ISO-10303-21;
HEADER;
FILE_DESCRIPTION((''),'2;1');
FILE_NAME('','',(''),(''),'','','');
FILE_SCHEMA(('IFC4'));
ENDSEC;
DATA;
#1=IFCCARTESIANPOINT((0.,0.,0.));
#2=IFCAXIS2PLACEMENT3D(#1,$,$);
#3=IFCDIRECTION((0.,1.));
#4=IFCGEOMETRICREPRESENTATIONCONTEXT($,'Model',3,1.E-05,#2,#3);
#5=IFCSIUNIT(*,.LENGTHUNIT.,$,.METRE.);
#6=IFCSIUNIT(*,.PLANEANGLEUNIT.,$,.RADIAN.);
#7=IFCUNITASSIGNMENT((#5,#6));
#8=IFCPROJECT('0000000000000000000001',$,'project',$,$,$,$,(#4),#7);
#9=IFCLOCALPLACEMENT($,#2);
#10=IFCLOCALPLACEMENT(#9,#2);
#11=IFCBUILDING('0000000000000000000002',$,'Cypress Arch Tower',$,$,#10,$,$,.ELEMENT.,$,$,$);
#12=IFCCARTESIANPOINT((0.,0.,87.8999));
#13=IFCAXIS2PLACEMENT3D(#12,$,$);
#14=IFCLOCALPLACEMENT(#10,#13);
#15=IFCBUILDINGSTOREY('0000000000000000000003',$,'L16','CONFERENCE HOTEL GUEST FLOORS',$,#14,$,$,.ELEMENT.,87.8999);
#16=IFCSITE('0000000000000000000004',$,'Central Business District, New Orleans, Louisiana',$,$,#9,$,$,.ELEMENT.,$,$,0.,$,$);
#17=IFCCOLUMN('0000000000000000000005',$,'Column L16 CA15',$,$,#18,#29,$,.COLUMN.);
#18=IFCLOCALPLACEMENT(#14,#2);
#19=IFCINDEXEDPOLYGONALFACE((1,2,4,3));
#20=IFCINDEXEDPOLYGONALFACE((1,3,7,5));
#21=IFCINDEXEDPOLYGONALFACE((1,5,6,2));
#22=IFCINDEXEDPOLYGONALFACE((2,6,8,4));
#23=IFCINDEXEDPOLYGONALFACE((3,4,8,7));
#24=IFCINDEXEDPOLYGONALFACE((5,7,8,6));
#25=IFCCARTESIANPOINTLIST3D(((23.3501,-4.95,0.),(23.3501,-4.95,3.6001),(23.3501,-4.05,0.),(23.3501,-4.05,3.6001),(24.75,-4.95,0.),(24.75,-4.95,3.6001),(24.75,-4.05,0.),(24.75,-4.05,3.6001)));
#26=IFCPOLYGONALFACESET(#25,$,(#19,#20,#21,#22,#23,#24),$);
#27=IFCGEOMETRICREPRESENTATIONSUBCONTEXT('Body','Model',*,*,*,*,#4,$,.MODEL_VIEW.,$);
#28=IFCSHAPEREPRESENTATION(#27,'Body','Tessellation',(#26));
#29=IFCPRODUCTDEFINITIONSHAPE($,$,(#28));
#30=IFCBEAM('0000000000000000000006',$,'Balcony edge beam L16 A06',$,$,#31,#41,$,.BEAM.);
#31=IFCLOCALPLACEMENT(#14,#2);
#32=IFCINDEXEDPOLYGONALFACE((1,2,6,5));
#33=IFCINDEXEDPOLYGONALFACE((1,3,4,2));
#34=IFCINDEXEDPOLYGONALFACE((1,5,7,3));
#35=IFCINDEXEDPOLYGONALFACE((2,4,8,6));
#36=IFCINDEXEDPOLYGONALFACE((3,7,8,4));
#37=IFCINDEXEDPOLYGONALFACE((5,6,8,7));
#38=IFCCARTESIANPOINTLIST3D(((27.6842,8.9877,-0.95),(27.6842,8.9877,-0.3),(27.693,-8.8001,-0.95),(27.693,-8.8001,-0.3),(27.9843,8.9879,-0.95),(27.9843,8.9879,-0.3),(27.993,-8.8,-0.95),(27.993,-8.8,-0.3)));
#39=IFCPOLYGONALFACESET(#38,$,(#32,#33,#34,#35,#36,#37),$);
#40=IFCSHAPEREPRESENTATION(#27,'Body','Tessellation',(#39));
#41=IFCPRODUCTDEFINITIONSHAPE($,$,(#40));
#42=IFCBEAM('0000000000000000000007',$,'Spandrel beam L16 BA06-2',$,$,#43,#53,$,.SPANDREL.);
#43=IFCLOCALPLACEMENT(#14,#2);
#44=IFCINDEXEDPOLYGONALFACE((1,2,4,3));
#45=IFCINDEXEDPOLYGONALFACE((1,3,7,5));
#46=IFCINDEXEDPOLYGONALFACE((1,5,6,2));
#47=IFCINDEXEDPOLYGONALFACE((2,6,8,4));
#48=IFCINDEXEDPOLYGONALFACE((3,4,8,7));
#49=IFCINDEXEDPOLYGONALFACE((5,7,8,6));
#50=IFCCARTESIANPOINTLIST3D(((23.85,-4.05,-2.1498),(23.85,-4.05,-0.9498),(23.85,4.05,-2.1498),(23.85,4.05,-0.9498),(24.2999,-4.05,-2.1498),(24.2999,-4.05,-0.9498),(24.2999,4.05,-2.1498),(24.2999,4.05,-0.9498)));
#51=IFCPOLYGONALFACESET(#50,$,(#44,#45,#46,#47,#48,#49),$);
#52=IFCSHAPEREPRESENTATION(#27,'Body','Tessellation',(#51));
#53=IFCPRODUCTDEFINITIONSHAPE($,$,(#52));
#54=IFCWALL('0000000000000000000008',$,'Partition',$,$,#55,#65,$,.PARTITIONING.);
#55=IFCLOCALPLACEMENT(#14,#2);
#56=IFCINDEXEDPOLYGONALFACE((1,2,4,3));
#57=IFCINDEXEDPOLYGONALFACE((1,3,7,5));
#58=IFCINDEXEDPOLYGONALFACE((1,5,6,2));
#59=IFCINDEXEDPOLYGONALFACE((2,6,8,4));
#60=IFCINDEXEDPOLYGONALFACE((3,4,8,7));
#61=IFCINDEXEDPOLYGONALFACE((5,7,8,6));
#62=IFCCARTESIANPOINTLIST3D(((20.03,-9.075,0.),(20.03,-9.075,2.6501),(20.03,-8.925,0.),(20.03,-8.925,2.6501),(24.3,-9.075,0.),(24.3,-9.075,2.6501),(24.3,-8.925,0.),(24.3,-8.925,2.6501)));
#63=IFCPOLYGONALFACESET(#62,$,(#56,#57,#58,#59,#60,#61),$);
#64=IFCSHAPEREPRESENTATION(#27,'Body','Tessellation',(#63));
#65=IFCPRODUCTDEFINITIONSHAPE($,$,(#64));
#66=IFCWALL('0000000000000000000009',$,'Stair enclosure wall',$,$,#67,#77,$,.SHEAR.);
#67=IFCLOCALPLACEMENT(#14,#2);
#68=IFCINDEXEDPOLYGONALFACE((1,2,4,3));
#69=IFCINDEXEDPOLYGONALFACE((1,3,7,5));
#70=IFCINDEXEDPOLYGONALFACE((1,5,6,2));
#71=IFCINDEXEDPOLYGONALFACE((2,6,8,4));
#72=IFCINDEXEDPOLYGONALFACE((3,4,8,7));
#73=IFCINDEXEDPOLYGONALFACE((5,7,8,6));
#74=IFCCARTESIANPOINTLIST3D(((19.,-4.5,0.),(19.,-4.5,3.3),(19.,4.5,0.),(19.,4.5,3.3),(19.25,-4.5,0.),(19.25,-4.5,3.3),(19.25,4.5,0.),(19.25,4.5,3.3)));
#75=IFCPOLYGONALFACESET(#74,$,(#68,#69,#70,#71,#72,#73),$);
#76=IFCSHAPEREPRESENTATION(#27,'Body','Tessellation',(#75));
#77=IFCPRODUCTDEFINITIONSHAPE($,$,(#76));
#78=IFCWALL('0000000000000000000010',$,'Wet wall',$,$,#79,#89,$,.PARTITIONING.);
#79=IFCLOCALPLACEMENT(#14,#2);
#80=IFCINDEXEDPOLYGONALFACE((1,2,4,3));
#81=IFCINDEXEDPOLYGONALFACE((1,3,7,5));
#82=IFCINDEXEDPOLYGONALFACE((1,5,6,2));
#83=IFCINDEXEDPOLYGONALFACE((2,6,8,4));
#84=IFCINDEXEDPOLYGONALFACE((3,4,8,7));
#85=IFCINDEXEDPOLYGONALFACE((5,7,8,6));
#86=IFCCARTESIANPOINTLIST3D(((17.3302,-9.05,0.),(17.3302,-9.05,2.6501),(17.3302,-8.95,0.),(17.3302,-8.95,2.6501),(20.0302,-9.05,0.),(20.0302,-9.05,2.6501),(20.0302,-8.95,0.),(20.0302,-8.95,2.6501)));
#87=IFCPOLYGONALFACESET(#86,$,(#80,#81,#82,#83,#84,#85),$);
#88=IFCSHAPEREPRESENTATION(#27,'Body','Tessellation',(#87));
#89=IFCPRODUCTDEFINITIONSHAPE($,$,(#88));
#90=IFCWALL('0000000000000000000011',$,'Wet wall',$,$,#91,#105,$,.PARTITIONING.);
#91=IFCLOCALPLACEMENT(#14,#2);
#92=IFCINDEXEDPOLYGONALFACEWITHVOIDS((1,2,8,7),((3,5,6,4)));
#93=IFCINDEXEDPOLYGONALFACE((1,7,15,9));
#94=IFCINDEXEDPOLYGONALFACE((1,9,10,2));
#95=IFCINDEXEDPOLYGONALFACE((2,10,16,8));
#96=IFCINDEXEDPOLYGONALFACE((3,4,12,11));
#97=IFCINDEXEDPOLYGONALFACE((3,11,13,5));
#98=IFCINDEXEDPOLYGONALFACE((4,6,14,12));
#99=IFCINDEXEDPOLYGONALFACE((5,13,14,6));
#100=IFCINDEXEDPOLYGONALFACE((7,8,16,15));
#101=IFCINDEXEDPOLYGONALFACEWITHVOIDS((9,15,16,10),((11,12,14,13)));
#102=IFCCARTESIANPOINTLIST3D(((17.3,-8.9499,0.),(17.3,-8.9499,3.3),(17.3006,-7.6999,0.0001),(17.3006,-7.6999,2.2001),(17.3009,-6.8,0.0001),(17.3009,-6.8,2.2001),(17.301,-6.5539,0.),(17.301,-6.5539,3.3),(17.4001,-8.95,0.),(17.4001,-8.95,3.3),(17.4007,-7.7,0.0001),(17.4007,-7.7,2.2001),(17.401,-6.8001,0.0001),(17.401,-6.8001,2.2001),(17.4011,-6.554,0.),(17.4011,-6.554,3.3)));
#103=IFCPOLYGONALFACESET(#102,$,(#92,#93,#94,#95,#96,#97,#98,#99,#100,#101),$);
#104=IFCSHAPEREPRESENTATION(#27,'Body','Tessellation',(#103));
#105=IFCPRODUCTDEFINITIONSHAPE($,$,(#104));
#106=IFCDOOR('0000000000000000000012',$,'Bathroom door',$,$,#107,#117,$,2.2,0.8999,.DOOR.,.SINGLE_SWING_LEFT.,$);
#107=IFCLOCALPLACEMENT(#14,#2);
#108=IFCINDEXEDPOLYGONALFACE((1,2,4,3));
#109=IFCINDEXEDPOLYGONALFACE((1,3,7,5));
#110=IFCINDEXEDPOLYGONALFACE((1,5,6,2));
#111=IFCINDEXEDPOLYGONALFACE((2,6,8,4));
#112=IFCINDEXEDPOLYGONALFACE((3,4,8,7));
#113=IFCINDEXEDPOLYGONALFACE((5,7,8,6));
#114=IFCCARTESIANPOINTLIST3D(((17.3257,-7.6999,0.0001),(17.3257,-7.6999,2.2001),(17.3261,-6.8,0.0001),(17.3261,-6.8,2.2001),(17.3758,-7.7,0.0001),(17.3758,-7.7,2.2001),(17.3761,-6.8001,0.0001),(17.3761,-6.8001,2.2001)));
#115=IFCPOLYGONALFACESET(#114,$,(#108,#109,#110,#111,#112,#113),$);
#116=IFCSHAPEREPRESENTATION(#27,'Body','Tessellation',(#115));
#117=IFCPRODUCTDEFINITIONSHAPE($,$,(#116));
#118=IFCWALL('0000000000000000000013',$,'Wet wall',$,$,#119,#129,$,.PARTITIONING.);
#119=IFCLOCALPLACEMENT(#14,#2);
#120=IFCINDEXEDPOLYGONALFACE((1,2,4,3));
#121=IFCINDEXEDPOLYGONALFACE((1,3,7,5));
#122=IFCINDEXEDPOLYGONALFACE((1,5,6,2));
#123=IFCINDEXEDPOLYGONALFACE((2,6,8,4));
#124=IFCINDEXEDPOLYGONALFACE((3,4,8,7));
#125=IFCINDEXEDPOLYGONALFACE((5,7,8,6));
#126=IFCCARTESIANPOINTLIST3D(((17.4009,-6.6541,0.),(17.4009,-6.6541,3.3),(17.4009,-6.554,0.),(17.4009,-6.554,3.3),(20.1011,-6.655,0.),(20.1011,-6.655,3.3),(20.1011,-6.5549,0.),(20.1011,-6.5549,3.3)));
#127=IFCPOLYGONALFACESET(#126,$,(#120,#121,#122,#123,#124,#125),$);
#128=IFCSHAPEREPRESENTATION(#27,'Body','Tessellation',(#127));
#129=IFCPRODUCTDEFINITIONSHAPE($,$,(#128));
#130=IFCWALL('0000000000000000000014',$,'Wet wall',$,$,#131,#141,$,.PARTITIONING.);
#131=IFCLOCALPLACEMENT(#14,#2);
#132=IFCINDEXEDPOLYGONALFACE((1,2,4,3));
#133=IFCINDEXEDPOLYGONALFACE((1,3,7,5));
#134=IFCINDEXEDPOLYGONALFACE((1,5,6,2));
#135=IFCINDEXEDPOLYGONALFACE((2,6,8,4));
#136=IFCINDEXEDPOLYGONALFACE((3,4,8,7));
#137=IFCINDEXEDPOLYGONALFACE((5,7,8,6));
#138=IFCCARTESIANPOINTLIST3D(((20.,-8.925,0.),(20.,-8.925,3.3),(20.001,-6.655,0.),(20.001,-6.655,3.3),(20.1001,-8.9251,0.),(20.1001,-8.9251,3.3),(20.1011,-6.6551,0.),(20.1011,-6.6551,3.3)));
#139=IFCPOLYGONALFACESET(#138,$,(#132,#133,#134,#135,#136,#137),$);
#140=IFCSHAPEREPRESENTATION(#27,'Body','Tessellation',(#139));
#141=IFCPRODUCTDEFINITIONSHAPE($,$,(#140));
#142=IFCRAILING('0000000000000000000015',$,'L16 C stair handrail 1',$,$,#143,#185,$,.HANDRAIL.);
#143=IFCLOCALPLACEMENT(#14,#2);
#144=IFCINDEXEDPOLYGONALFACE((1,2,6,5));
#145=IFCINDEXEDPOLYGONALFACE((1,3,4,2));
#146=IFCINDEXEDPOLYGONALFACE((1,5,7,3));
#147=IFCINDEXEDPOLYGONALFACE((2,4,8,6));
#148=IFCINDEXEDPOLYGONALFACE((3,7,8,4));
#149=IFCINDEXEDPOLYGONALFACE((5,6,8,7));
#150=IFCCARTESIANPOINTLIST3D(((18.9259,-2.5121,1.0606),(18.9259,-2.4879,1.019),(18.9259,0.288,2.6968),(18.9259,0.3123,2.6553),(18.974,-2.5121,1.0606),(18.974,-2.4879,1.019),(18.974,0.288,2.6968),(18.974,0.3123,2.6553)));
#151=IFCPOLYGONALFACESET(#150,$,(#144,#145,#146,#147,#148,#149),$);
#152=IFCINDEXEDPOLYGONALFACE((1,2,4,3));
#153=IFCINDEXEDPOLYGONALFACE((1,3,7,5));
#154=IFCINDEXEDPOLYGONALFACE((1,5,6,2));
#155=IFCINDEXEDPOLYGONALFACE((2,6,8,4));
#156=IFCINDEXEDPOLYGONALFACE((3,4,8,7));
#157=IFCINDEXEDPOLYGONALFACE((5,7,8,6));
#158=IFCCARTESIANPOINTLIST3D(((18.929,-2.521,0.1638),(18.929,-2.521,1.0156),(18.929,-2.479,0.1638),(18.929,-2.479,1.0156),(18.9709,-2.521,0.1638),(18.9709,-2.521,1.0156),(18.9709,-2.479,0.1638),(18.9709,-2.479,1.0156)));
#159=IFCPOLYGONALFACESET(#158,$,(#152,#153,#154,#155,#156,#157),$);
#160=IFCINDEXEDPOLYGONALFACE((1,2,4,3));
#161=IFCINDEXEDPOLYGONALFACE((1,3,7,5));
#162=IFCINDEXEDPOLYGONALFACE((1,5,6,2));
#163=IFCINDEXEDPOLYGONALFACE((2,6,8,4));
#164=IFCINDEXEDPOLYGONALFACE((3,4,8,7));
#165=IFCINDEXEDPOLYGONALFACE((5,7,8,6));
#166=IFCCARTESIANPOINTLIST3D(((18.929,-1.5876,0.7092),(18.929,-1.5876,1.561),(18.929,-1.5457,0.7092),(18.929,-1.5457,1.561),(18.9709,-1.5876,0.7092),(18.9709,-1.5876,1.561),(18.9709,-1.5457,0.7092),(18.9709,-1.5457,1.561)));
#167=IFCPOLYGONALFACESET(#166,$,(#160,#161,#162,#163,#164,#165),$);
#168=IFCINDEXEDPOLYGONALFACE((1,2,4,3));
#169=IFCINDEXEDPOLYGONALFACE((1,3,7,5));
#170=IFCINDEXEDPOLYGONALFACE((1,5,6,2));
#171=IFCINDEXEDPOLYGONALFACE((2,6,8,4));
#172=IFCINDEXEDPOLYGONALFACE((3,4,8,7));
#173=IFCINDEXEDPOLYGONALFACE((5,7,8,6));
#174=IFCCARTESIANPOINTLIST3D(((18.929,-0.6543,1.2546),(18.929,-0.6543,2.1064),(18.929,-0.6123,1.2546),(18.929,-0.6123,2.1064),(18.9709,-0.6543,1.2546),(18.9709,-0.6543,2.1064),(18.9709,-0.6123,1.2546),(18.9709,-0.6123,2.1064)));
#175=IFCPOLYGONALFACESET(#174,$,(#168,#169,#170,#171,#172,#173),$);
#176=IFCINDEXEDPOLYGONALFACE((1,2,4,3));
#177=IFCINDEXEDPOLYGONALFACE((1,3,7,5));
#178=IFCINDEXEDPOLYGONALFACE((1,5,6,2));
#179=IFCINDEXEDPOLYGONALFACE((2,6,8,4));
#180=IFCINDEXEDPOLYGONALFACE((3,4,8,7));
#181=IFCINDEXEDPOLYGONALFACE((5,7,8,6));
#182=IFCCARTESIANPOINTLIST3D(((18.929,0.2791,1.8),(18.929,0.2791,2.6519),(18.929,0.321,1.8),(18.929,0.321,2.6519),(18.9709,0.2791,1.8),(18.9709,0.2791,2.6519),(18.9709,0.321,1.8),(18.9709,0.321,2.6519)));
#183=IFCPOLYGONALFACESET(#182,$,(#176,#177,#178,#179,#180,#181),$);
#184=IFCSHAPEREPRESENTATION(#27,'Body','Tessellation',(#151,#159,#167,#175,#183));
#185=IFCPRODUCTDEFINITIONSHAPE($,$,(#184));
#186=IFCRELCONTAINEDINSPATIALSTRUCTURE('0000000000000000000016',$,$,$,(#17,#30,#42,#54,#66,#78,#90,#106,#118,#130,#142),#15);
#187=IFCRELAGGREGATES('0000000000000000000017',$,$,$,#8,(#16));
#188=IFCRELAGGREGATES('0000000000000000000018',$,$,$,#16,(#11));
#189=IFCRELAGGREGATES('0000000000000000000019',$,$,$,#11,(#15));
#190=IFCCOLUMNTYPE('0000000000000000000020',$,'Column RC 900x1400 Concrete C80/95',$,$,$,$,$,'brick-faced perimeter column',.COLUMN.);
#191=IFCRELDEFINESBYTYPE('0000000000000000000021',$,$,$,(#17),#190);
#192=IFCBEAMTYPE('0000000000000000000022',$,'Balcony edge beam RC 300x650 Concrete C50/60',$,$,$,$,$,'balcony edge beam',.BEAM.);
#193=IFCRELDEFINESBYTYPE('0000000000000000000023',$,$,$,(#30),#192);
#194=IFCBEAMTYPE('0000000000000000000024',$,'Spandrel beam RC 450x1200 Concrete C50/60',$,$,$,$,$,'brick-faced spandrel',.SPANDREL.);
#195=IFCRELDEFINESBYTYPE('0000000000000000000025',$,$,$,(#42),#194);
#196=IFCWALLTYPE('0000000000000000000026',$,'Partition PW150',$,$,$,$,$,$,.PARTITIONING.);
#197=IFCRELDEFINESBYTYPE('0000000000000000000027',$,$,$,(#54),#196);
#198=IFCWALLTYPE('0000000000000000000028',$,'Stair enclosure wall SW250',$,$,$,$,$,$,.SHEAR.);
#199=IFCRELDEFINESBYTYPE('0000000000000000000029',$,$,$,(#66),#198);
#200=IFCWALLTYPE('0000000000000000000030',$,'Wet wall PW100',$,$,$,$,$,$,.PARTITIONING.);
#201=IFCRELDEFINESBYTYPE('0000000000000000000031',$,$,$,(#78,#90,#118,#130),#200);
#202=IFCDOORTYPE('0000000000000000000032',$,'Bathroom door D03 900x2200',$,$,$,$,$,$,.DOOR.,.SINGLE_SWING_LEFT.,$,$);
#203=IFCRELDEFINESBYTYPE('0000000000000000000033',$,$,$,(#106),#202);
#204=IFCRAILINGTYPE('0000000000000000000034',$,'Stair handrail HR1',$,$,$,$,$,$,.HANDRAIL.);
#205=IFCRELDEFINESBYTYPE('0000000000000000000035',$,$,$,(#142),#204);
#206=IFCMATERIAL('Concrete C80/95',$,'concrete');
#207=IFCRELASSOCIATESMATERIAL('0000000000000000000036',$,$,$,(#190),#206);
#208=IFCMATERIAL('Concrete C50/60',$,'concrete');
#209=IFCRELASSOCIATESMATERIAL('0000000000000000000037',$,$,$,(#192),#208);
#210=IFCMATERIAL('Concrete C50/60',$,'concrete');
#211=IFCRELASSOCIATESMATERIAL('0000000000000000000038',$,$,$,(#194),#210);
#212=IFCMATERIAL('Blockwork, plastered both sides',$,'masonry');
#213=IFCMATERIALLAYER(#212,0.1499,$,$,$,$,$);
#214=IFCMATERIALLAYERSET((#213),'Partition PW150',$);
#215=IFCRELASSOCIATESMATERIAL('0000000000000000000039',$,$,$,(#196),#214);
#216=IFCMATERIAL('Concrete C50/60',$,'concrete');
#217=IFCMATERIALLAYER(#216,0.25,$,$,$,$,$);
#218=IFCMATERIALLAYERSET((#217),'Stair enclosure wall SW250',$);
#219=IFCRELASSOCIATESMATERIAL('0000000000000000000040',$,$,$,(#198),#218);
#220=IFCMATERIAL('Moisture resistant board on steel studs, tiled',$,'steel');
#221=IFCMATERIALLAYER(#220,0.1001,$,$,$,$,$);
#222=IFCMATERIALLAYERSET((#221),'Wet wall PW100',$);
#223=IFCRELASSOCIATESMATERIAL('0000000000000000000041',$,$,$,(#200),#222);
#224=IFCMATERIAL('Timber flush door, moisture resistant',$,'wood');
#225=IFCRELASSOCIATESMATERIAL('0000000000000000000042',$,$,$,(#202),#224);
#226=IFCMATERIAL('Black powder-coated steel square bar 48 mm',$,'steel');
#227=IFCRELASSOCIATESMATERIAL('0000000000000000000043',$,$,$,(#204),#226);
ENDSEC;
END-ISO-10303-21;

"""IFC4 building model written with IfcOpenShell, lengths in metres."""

from ifc_helpers import new_model, si_unit, direction, frame, frame_2d, origin, origin_2d, place, context, subcontext, project, spatial, rectangle, extrude, material, layer, layer_set, material_profile, profile_set, type_object, element, fill, save


model = new_model("IFC4")

# Units and contexts
model_context = context("Model", 3, precision=1e-05, world=origin(), true_north=direction((0.0, 1.0)))
body_context = subcontext(model_context, "Body", "Model", "MODEL_VIEW")
ifc_project = project(units=[si_unit("LENGTHUNIT", "METRE"), si_unit("PLANEANGLEUNIT", "RADIAN")], contexts=[model_context])

# Site, building, storey
site_placement = place(None, origin())
site = spatial("IfcSite", under=ifc_project, at=site_placement, Name="Central Business District, New Orleans, Louisiana", CompositionType="ELEMENT", RefElevation=0.0)
building_placement = place(site_placement, origin())
building = spatial("IfcBuilding", under=site, at=building_placement, Name="Cypress Arch Tower", CompositionType="ELEMENT")
storey_placement = place(building_placement, frame((0.0, 0.0, 87.8999)))
storey = spatial("IfcBuildingStorey", under=building, at=storey_placement, Name="L16", Description="CONFERENCE HOTEL GUEST FLOORS", CompositionType="ELEMENT", Elevation=87.8999)

# Column
ifc_material_1 = material(Name="Concrete C80/95", Category="concrete")
ifc_material_profile_1 = material_profile(ifc_material_1, rectangle(XDim=0.8999, YDim=1.3999, at=origin_2d()), Name="RC 900x1400")
ifc_profile_set_1 = profile_set([ifc_material_profile_1], Name="Concrete C80/95")
column_type = type_object("IfcColumnType", Name="Column RC 900x1400 Concrete C80/95", ElementType="brick-faced perimeter column", PredefinedType="COLUMN", material=ifc_profile_set_1)
column_placement = place(storey_placement, frame((24.05, -4.5, 0.0), z_axis=(0.0, 0.0, 1.0), x_axis=(0.0, 1.0, 0.0)))
element("IfcColumn", 1, at=column_placement, inside=storey, type_object=column_type, Name="Column L16 CA15", PredefinedType="COLUMN", context=body_context, shape_type="SweptSolid", body=[
    extrude(rectangle(XDim=0.8999, YDim=1.3999, at=origin_2d()), origin(), (0.0, 0.0, 1.0), 3.6001),
])

# Beams
ifc_material_2 = material(Name="Concrete C50/60", Category="concrete")
ifc_material_profile_2 = material_profile(ifc_material_2, rectangle(XDim=0.3, YDim=0.6499, at=origin_2d()), Name="RC 300x650")
ifc_profile_set_2 = profile_set([ifc_material_profile_2], Name="Concrete C50/60")
beam_type_1 = type_object("IfcBeamType", Name="Balcony edge beam RC 300x650 Concrete C50/60", ElementType="balcony edge beam", PredefinedType="BEAM", material=ifc_profile_set_2)
beam_1_placement = place(storey_placement, frame((27.843, -8.8, -0.625), z_axis=(-0.000494, 1.0, 0.0), x_axis=(-1.0, -0.000494, 0.0)))
element("IfcBeam", 2, at=beam_1_placement, inside=storey, type_object=beam_type_1, Name="Balcony edge beam L16 A06", PredefinedType="BEAM", context=body_context, shape_type="SweptSolid", body=[
    extrude(rectangle(XDim=0.3, YDim=0.6499, at=origin_2d()), origin(), (0.0, 0.0, 1.0), 17.7878),
])
ifc_material_3 = material(Name="Concrete C50/60", Category="concrete")
ifc_material_profile_3 = material_profile(ifc_material_3, rectangle(XDim=0.45, YDim=1.2, at=origin_2d()), Name="RC 450x1200")
ifc_profile_set_3 = profile_set([ifc_material_profile_3], Name="Concrete C50/60")
beam_type_2 = type_object("IfcBeamType", Name="Spandrel beam RC 450x1200 Concrete C50/60", ElementType="brick-faced spandrel", PredefinedType="SPANDREL", material=ifc_profile_set_3)
beam_2_placement = place(storey_placement, frame((24.075, -4.05, -1.5498), z_axis=(0.0, 1.0, 0.0), x_axis=(-1.0, 0.0, 0.0)))
element("IfcBeam", 3, at=beam_2_placement, inside=storey, type_object=beam_type_2, Name="Spandrel beam L16 BA06-2", PredefinedType="SPANDREL", context=body_context, shape_type="SweptSolid", body=[
    extrude(rectangle(XDim=0.45, YDim=1.2, at=origin_2d()), origin(), (0.0, 0.0, 1.0), 8.1001),
])

# Walls
ifc_material_4 = material(Name="Blockwork, plastered both sides", Category="masonry")
ifc_layer_1 = layer(ifc_material_4, 0.1499)
ifc_layer_set_1 = layer_set([ifc_layer_1], Name="Partition PW150")
wall_type_1 = type_object("IfcWallType", Name="Partition PW150", PredefinedType="PARTITIONING", material=ifc_layer_set_1)
wall_1_placement = place(storey_placement, frame((20.03, -9.0, 0.0), z_axis=(0.0, 0.0, 1.0), x_axis=(1.0, 0.0, 0.0)))
element("IfcWall", 4, at=wall_1_placement, inside=storey, type_object=wall_type_1, Name="Partition", PredefinedType="PARTITIONING", context=body_context, shape_type="SweptSolid", body=[
    extrude(rectangle(XDim=4.27, YDim=0.1499, at=frame_2d((2.135, 0.0))), origin(), (0.0, 0.0, 1.0), 2.6501),
])
ifc_material_5 = material(Name="Concrete C50/60", Category="concrete")
ifc_layer_2 = layer(ifc_material_5, 0.25)
ifc_layer_set_2 = layer_set([ifc_layer_2], Name="Stair enclosure wall SW250")
wall_type_2 = type_object("IfcWallType", Name="Stair enclosure wall SW250", PredefinedType="SHEAR", material=ifc_layer_set_2)
wall_2_placement = place(storey_placement, frame((19.125, -4.5, 0.0), z_axis=(0.0, 0.0, 1.0), x_axis=(0.0, 1.0, 0.0)))
element("IfcWall", 5, at=wall_2_placement, inside=storey, type_object=wall_type_2, Name="Stair enclosure wall", PredefinedType="SHEAR", context=body_context, shape_type="SweptSolid", body=[
    extrude(rectangle(XDim=9.0, YDim=0.25, at=frame_2d((4.5, 0.0))), origin(), (0.0, 0.0, 1.0), 3.3),
])
ifc_material_6 = material(Name="Moisture resistant board on steel studs, tiled", Category="steel")
ifc_layer_3 = layer(ifc_material_6, 0.1001)
ifc_layer_set_3 = layer_set([ifc_layer_3], Name="Wet wall PW100")
wall_type_3 = type_object("IfcWallType", Name="Wet wall PW100", PredefinedType="PARTITIONING", material=ifc_layer_set_3)
wall_3_placement = place(storey_placement, frame((17.3301, -9.0, 0.0), z_axis=(0.0, 0.0, 1.0), x_axis=(1.0, 0.0, 0.0)))
element("IfcWall", 6, at=wall_3_placement, inside=storey, type_object=wall_type_3, Name="Wet wall", PredefinedType="PARTITIONING", context=body_context, shape_type="SweptSolid", body=[
    extrude(rectangle(XDim=2.7, YDim=0.1001, at=frame_2d((1.3501, 0.0))), origin(), (0.0, 0.0, 1.0), 2.6501),
])

# Wall, opening, door
wall_4_placement = place(storey_placement, frame((17.3501, -8.95, 0.0), z_axis=(0.0, 0.0, 1.0), x_axis=(0.000408, 1.0, 0.0)))
wall_4 = element("IfcWall", 7, at=wall_4_placement, inside=storey, type_object=wall_type_3, Name="Wet wall", PredefinedType="PARTITIONING", context=body_context, shape_type="SweptSolid", body=[
    extrude(rectangle(XDim=2.396, YDim=0.1001, at=frame_2d((1.198, 0.0))), origin(), (0.0, 0.0, 1.0), 3.3),
])
opening_1_placement = place(wall_4_placement, frame((1.25, 0.0, 0.0)))
opening_1 = element("IfcOpeningElement", 8, at=opening_1_placement, cuts=wall_4, PredefinedType="OPENING", context=body_context, shape_type="SweptSolid", body=[
    extrude(rectangle(XDim=0.8999, YDim=2.2, at=frame_2d((0.45, 1.1001))), frame((0.0, 0.0601, 0.0), z_axis=(0.0, -1.0, 0.0), x_axis=(1.0, 0.0, 0.0)), (0.0, 0.0, 1.0), 0.1201),
])
ifc_material_7 = material(Name="Timber flush door, moisture resistant", Category="wood")
door_type_1 = type_object("IfcDoorType", Name="Bathroom door D03 900x2200", OperationType="SINGLE_SWING_LEFT", PredefinedType="DOOR", material=ifc_material_7)
door_1_placement = place(opening_1_placement, origin())
door_1 = element("IfcDoor", 9, at=door_1_placement, inside=storey, type_object=door_type_1, Name="Bathroom door", OperationType="SINGLE_SWING_LEFT", OverallHeight=2.2, OverallWidth=0.8999, PredefinedType="DOOR", context=body_context, shape_type="SweptSolid", body=[
    extrude(rectangle(XDim=0.8999, YDim=2.2, at=frame_2d((0.45, 1.1001))), frame((0.0, 0.0249, 0.0), z_axis=(0.0, -1.0, 0.0), x_axis=(1.0, 0.0, 0.0)), (0.0, 0.0, 1.0), 0.05),
])
fill(opening_1, door_1)

# Walls
wall_5_placement = place(storey_placement, frame((17.4009, -6.604, 0.0), z_axis=(0.0, 0.0, 1.0), x_axis=(1.0, -0.000362, 0.0)))
element("IfcWall", 10, at=wall_5_placement, inside=storey, type_object=wall_type_3, Name="Wet wall", PredefinedType="PARTITIONING", context=body_context, shape_type="SweptSolid", body=[
    extrude(rectangle(XDim=2.7002, YDim=0.1001, at=frame_2d((1.3501, 0.0))), origin(), (0.0, 0.0, 1.0), 3.3),
])
wall_6_placement = place(storey_placement, frame((20.05, -8.925, 0.0), z_axis=(0.0, 0.0, 1.0), x_axis=(0.00043, 1.0, 0.0)))
element("IfcWall", 11, at=wall_6_placement, inside=storey, type_object=wall_type_3, Name="Wet wall", PredefinedType="PARTITIONING", context=body_context, shape_type="SweptSolid", body=[
    extrude(rectangle(XDim=2.27, YDim=0.1001, at=frame_2d((1.135, 0.0))), origin(), (0.0, 0.0, 1.0), 3.3),
])

# Railing
ifc_material_8 = material(Name="Black powder-coated steel square bar 48 mm", Category="steel")
railing_type_1 = type_object("IfcRailingType", Name="Stair handrail HR1", PredefinedType="HANDRAIL", material=ifc_material_8)
railing_1_placement = place(storey_placement, frame((18.95, -2.5, 0.1638)))
element("IfcRailing", 12, at=railing_1_placement, inside=storey, type_object=railing_type_1, Name="L16 C stair handrail 1", PredefinedType="HANDRAIL", context=body_context, shape_type="SweptSolid", body=[
    extrude(rectangle(XDim=0.0481, YDim=0.0481, at=origin_2d()), frame((0.0, 0.0, 0.876), z_axis=(0.0, 0.863394, 0.504531), x_axis=(-1.0, 0.0, 0.0)), (0.0, 0.0, 1.0), 3.2432),
    extrude(rectangle(XDim=0.042, YDim=0.042, at=origin_2d()), origin(), (0.0, 0.0, 1.0), 0.8518),
    extrude(rectangle(XDim=0.042, YDim=0.042, at=origin_2d()), frame((0.0, 0.9333, 0.5454)), (0.0, 0.0, 1.0), 0.8518),
    extrude(rectangle(XDim=0.042, YDim=0.042, at=origin_2d()), frame((0.0, 1.8667, 1.0908)), (0.0, 0.0, 1.0), 0.8518),
    extrude(rectangle(XDim=0.042, YDim=0.042, at=origin_2d()), frame((0.0, 2.8, 1.6362)), (0.0, 0.0, 1.0), 0.8518),
])

save(model, "model.ifc")
